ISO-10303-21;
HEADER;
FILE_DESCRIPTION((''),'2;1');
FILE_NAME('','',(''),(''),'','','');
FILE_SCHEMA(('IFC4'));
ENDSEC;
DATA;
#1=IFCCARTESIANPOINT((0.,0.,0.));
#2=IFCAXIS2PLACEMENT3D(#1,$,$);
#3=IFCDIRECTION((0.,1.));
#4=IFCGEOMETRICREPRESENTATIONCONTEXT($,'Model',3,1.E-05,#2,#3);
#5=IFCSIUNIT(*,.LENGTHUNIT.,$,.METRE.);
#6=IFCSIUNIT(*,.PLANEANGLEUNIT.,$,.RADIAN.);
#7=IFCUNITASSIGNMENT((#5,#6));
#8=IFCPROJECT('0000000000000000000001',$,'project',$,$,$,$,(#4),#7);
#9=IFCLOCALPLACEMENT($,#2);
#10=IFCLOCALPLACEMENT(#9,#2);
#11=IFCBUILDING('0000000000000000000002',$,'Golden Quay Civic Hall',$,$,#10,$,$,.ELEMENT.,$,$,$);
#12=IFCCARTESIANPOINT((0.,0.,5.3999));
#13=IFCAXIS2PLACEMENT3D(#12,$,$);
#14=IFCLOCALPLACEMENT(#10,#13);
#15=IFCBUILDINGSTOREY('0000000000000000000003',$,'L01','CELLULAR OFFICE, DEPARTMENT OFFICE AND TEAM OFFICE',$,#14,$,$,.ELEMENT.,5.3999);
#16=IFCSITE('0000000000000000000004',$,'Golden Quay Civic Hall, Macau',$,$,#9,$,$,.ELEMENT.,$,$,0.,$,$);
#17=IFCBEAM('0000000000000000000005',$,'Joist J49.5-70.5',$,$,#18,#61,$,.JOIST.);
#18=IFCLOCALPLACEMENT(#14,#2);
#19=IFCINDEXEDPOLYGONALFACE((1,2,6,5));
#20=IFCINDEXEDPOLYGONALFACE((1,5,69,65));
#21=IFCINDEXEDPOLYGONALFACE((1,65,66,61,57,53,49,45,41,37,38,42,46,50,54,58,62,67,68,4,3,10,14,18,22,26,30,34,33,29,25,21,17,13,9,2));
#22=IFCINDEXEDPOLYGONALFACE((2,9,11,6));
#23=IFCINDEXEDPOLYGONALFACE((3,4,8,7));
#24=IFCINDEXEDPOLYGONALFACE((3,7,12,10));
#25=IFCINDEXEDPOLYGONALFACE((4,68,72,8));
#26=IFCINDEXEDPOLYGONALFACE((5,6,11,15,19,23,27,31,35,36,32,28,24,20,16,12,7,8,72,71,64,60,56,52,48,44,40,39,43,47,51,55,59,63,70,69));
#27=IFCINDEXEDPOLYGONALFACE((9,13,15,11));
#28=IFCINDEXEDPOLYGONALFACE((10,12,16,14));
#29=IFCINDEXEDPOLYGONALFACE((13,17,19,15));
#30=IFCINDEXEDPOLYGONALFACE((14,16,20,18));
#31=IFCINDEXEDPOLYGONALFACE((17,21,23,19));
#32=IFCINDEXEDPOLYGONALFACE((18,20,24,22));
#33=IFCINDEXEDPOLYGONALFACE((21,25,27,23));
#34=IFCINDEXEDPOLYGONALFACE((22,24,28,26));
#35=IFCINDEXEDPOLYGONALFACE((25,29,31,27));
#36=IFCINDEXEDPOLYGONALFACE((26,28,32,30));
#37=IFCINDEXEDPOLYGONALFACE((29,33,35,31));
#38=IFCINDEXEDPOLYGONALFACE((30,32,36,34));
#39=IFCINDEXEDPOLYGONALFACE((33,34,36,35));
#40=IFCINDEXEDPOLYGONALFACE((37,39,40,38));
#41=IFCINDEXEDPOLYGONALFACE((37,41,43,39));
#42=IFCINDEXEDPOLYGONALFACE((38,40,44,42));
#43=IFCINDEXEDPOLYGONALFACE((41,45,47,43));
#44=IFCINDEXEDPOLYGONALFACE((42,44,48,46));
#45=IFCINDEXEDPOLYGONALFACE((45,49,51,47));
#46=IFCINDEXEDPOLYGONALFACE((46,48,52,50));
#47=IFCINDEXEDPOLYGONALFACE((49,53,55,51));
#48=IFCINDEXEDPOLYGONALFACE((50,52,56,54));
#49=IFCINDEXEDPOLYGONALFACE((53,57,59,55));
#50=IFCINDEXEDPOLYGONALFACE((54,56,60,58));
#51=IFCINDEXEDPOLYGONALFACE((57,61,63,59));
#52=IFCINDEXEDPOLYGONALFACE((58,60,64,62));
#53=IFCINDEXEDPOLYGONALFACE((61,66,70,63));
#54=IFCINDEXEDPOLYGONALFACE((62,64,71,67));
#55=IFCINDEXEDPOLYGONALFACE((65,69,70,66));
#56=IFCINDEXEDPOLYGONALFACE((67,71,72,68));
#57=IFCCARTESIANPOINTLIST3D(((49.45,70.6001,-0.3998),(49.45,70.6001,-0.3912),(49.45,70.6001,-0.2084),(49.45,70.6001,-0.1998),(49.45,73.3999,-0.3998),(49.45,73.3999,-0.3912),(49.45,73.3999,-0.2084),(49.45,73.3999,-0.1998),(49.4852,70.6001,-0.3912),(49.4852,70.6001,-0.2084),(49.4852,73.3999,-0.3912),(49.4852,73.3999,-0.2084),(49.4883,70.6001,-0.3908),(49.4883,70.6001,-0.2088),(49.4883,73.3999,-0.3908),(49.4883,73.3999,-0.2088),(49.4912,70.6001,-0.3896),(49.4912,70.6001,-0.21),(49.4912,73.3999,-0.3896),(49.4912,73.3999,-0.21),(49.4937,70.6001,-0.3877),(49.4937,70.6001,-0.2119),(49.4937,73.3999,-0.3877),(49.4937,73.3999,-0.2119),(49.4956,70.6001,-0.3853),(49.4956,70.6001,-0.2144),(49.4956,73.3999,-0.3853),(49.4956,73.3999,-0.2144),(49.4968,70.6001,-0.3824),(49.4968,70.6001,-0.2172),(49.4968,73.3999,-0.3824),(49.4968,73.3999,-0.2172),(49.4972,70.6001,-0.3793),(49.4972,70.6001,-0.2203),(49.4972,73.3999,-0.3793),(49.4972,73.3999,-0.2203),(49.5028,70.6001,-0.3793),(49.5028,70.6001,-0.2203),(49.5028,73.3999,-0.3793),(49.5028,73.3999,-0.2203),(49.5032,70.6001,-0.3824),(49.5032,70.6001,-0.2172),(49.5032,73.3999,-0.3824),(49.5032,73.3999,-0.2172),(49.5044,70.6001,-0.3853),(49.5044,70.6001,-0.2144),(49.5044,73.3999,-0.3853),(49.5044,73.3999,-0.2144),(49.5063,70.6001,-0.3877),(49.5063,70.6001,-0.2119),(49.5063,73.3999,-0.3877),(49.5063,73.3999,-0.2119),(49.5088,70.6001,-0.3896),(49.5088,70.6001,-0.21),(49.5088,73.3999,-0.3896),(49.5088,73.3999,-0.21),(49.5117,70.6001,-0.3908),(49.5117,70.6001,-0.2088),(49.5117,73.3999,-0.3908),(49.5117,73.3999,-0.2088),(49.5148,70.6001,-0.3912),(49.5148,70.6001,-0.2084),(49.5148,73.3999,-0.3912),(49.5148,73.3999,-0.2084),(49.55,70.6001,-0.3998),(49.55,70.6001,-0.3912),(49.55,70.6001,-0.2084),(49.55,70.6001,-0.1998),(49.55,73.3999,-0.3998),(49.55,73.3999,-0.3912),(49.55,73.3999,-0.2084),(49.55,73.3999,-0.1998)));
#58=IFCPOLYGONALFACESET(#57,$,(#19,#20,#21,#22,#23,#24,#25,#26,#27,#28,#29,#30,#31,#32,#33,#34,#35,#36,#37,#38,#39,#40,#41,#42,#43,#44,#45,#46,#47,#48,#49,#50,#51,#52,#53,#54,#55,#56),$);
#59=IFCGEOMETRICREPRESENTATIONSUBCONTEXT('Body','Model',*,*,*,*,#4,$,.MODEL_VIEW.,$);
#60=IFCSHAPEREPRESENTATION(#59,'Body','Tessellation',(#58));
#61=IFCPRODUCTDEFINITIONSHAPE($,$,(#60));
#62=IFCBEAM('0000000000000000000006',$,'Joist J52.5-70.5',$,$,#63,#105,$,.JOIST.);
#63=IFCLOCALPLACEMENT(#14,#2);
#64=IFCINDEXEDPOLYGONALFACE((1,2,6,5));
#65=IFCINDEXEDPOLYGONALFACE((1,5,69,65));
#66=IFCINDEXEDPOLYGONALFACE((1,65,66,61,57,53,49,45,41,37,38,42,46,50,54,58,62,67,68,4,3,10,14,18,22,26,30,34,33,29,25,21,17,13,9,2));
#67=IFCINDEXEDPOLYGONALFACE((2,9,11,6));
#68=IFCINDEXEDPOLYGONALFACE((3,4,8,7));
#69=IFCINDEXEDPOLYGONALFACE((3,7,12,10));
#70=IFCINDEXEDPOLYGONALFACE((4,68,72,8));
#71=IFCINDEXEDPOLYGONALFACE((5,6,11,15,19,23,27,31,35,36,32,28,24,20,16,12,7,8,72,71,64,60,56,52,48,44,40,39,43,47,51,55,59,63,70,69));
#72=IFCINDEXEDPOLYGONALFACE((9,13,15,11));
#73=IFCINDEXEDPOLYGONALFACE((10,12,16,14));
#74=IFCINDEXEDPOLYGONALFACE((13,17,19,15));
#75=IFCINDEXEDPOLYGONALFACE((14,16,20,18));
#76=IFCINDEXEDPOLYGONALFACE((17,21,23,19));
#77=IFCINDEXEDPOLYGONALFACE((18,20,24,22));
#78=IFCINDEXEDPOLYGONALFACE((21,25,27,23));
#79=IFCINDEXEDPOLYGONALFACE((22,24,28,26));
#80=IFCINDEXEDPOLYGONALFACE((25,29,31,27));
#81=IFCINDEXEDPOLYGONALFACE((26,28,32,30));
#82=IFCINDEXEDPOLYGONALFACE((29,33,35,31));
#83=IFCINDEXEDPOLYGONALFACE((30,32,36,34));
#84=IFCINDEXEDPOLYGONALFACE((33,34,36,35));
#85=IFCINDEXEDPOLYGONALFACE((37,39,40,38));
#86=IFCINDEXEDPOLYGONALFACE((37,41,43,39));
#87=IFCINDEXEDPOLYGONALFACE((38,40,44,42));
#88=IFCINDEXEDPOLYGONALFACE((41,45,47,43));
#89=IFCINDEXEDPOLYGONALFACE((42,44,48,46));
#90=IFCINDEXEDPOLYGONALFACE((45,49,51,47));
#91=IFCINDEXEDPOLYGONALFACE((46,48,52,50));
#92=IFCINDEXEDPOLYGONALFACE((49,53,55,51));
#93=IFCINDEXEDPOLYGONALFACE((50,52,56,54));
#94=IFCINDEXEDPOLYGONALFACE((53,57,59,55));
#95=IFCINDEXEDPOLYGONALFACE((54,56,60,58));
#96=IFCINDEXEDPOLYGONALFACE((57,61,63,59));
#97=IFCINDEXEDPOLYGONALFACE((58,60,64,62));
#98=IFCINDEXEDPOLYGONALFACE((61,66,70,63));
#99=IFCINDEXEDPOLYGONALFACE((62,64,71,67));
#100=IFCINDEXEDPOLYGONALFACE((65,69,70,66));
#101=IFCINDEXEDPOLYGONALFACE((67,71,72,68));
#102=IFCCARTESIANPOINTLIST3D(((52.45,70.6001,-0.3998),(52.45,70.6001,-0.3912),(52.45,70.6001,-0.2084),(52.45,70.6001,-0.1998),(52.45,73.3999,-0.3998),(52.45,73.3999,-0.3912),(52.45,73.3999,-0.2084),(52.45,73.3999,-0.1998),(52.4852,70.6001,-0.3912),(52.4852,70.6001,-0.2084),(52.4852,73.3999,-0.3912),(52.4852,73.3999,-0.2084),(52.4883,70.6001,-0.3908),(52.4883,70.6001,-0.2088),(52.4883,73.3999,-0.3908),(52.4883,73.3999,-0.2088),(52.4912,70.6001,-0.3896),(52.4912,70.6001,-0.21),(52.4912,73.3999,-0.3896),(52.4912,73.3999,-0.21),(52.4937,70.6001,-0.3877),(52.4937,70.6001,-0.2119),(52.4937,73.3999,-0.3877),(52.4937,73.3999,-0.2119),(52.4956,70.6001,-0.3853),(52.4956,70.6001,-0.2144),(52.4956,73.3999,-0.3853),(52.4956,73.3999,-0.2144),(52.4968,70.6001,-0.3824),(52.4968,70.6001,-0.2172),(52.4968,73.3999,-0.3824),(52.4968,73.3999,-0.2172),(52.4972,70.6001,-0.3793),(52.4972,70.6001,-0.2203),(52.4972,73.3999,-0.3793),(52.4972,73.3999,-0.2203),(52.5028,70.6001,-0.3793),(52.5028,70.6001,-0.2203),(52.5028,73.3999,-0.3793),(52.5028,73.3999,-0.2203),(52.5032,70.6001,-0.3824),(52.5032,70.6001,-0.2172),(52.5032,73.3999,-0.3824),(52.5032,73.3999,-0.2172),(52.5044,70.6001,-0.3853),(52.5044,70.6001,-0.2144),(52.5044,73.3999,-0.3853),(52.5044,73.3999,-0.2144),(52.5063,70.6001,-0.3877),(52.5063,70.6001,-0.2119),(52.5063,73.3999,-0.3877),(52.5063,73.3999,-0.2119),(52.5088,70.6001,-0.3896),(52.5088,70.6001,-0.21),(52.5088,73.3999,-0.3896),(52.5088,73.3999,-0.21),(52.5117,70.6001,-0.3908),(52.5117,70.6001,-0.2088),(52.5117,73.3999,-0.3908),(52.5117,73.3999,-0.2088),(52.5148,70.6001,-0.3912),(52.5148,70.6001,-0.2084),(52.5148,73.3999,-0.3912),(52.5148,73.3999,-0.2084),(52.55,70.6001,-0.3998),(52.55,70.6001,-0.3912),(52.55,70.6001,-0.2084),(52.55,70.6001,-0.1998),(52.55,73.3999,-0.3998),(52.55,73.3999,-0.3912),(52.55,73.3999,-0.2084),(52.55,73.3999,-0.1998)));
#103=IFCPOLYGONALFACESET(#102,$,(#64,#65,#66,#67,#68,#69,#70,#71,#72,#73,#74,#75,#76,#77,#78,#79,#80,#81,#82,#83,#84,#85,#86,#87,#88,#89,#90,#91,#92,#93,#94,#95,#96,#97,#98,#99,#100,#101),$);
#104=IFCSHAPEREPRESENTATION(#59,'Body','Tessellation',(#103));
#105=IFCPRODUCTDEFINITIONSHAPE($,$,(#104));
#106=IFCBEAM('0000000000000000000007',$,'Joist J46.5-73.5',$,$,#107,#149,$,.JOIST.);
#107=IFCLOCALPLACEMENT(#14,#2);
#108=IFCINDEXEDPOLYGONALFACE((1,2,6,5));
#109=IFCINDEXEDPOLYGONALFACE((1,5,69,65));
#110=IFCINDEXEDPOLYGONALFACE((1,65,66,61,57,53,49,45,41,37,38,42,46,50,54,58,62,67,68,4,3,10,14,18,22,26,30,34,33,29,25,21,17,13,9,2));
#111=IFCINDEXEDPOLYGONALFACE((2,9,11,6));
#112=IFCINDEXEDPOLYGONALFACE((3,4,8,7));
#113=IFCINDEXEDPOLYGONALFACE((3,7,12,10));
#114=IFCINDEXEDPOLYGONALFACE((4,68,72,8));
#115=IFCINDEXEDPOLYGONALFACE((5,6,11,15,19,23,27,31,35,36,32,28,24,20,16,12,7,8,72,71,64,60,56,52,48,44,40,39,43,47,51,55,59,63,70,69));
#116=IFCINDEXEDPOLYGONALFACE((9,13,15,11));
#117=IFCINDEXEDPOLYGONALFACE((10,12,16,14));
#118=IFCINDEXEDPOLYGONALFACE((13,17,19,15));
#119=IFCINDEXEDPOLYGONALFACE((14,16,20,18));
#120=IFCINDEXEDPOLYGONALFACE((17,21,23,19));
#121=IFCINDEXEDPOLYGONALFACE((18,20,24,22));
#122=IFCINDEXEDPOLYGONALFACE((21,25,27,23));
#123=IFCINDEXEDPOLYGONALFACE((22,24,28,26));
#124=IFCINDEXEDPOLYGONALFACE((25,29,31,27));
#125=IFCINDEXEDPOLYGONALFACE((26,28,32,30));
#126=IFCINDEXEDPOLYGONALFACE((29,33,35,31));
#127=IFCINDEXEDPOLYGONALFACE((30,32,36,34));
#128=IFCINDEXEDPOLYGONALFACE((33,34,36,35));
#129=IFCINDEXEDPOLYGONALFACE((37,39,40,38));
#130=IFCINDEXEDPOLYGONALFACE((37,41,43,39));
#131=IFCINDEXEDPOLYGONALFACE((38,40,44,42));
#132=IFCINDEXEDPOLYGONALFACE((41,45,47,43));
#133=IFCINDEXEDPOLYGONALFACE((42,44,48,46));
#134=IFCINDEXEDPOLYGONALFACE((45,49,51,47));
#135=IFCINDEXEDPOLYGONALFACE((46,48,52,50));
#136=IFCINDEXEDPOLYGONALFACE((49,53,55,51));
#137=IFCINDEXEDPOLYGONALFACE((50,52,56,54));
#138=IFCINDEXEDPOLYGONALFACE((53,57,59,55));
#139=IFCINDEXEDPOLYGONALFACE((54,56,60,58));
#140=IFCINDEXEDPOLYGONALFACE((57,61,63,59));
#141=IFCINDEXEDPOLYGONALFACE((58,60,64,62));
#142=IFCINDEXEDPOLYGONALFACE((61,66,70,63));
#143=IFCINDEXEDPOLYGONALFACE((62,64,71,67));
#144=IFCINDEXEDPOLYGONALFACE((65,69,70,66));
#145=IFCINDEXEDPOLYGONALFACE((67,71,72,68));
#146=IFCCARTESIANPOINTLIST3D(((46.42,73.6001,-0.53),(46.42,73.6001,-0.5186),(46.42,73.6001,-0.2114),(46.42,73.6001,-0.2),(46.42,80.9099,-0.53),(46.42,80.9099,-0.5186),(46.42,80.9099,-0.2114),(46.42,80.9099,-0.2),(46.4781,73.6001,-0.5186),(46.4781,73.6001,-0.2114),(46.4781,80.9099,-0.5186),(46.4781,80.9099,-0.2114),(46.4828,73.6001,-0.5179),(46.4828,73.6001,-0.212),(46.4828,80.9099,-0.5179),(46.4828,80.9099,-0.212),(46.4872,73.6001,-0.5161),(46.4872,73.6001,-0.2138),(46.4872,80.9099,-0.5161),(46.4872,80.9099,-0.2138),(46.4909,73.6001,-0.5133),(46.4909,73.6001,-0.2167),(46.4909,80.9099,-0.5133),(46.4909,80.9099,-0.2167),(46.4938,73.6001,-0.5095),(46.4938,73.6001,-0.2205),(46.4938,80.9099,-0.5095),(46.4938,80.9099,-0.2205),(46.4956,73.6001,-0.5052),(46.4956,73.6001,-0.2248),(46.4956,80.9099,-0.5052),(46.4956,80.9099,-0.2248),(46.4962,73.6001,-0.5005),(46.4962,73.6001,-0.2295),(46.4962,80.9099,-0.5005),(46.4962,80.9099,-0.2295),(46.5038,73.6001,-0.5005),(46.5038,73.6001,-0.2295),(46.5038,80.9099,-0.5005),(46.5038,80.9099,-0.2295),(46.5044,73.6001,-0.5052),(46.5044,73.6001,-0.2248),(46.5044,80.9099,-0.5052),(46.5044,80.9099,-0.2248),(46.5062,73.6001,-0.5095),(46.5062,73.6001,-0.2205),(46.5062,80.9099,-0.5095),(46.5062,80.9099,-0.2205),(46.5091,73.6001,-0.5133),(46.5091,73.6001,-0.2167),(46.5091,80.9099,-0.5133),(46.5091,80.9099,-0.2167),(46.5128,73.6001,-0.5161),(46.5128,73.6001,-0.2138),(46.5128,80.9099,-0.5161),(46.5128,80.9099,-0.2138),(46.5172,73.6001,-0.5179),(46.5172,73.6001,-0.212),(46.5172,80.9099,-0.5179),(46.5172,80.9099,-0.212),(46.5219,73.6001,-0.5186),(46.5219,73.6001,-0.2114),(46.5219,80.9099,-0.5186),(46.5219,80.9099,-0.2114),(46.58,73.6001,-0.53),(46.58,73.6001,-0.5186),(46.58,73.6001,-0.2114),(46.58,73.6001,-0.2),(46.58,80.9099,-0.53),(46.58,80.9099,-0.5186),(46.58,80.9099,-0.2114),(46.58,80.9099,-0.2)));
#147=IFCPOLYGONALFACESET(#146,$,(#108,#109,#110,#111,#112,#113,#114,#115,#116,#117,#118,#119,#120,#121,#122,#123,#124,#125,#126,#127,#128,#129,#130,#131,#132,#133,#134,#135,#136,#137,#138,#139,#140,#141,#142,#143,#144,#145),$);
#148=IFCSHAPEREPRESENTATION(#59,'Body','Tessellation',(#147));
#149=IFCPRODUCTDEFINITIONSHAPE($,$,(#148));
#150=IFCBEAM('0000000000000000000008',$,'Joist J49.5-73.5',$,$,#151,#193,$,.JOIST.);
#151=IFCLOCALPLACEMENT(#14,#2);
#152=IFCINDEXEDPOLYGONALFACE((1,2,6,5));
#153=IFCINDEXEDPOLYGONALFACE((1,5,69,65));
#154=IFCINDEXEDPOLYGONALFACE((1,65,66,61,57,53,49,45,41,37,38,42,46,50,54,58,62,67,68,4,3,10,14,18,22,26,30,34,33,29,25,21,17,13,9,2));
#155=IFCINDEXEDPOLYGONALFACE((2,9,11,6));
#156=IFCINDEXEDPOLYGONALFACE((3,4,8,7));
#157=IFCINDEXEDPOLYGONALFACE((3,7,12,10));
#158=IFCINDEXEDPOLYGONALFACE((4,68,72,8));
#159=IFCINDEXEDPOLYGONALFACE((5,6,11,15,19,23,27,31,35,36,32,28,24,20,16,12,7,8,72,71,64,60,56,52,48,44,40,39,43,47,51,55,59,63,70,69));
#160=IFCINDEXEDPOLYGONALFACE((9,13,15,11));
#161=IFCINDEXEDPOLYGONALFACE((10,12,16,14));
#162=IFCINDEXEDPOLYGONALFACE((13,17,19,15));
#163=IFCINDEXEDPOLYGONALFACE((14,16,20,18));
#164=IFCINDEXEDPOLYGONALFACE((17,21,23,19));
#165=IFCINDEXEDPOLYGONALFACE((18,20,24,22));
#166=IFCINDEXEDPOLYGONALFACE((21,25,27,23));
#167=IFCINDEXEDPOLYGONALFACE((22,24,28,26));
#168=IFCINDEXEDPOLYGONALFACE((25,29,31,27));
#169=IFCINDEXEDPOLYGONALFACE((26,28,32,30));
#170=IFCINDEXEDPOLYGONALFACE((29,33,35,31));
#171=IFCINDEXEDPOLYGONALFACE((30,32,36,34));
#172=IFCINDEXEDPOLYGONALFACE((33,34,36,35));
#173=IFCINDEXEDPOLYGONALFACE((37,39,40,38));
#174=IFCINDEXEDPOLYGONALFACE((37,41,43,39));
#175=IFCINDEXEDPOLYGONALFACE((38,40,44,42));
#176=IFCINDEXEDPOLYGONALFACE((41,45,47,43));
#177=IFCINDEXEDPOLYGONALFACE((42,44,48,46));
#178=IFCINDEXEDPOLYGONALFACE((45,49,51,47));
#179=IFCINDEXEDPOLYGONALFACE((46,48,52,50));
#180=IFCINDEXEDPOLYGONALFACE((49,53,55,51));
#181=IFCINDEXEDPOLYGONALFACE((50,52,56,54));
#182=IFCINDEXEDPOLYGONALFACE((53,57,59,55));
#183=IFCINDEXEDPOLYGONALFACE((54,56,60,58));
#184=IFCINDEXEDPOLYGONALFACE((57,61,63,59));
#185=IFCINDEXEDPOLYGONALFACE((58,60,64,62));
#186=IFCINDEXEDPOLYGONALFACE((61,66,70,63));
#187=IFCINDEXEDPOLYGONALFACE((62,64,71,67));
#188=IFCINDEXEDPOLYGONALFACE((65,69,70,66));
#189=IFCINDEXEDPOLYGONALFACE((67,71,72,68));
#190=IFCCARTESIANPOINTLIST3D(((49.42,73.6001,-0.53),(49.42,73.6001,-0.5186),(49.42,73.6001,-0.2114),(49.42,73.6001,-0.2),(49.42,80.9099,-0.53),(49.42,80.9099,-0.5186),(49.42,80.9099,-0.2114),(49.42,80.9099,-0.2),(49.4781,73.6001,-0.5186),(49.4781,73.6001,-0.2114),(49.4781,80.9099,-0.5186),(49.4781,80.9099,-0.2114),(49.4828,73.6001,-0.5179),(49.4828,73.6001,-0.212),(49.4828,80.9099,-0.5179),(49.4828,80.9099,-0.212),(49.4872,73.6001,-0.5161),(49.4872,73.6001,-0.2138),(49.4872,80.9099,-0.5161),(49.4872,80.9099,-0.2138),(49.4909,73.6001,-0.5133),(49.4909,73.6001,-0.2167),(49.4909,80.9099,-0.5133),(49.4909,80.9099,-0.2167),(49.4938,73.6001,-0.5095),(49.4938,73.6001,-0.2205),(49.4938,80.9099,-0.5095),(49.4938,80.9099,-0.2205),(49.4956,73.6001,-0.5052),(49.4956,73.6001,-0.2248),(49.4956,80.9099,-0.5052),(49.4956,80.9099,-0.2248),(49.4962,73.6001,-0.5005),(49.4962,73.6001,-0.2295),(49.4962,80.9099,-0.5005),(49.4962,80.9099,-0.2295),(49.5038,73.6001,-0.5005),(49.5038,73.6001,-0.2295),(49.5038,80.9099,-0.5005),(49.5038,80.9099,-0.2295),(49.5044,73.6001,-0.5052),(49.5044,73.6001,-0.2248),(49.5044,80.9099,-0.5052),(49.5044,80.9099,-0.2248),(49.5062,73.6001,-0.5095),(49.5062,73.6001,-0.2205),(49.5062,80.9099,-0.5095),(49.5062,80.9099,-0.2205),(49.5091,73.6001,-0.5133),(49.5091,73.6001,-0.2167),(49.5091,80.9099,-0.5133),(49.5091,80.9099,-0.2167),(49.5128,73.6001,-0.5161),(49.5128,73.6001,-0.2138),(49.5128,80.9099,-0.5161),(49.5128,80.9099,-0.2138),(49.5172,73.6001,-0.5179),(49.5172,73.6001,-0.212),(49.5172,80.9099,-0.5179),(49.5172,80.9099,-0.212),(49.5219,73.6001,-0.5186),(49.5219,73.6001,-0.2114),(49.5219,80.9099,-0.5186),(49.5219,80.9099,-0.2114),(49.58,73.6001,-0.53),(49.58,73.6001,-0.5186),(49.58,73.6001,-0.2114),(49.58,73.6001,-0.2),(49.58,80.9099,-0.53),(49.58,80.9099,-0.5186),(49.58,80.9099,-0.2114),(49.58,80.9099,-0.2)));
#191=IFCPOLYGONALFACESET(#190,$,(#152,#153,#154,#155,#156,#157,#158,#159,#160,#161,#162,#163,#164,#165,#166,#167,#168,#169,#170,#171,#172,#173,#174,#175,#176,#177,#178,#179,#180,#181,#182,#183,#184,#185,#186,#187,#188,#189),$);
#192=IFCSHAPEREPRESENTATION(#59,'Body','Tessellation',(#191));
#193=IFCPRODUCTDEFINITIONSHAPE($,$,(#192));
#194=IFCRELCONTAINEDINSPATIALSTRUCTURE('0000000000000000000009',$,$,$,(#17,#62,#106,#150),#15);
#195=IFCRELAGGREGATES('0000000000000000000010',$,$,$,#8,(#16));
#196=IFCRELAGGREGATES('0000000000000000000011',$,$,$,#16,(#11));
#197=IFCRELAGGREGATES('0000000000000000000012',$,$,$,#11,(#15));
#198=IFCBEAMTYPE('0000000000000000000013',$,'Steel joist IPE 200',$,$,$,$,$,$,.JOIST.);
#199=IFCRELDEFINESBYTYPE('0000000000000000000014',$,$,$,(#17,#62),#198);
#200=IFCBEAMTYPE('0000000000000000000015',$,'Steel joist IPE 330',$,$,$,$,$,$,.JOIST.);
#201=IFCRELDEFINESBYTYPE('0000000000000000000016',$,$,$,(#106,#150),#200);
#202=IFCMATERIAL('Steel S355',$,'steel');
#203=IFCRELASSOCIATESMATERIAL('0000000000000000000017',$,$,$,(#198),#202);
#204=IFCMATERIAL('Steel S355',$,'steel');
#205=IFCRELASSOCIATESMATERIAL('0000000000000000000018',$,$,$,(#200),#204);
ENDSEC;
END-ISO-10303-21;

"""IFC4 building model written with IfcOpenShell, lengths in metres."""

from ifc_helpers import new_model, si_unit, direction, frame, origin, origin_2d, place, context, subcontext, project, spatial, i_section, extrude, material, material_profile, profile_set, type_object, element, save


model = new_model("IFC4")

# Units and contexts
model_context = context("Model", 3, precision=1e-05, world=origin(), true_north=direction((0.0, 1.0)))
body_context = subcontext(model_context, "Body", "Model", "MODEL_VIEW")
ifc_project = project(units=[si_unit("LENGTHUNIT", "METRE"), si_unit("PLANEANGLEUNIT", "RADIAN")], contexts=[model_context])

# Site, building, storey
site_placement = place(None, origin())
site = spatial("IfcSite", under=ifc_project, at=site_placement, Name="Golden Quay Civic Hall, Macau", CompositionType="ELEMENT", RefElevation=0.0)
building_placement = place(site_placement, origin())
building = spatial("IfcBuilding", under=site, at=building_placement, Name="Golden Quay Civic Hall", CompositionType="ELEMENT")
storey_placement = place(building_placement, frame((0.0, 0.0, 5.3999)))
storey = spatial("IfcBuildingStorey", under=building, at=storey_placement, Name="L01", Description="CELLULAR OFFICE, DEPARTMENT OFFICE AND TEAM OFFICE", CompositionType="ELEMENT", Elevation=5.3999)

# Beams
ifc_material_1 = material(Name="Steel S355", Category="steel")
ifc_material_profile_1 = material_profile(ifc_material_1, i_section(OverallWidth=0.1001, OverallDepth=0.2, WebThickness=0.0056, FlangeThickness=0.0085, FilletRadius=0.012, at=origin_2d()), Name="IPE 200")
ifc_profile_set_1 = profile_set([ifc_material_profile_1], Name="Steel S355")
beam_type_1 = type_object("IfcBeamType", Name="Steel joist IPE 200", PredefinedType="JOIST", material=ifc_profile_set_1)
for number, where, z_axis, x_axis, name in (
    (1, (49.5, 70.6001, -0.2998), (0.0, 1.0, 0.0), (-1.0, 0.0, 0.0), "Joist J49.5-70.5"),
    (2, (52.5, 70.6001, -0.2998), (0.0, 1.0, 0.0), (-1.0, 0.0, 0.0), "Joist J52.5-70.5"),
):
    element("IfcBeam", number, at=place(storey_placement, frame(where, z_axis=z_axis, x_axis=x_axis)), inside=storey, type_object=beam_type_1, Name=name, PredefinedType="JOIST", context=body_context, shape_type="SweptSolid", body=[
        extrude(i_section(OverallWidth=0.1001, OverallDepth=0.2, WebThickness=0.0056, FlangeThickness=0.0085, FilletRadius=0.012, at=origin_2d()), origin(), (0.0, 0.0, 1.0), 2.7998),
    ])
ifc_material_2 = material(Name="Steel S355", Category="steel")
ifc_material_profile_2 = material_profile(ifc_material_2, i_section(OverallWidth=0.1599, OverallDepth=0.3301, WebThickness=0.0076, FlangeThickness=0.0115, FilletRadius=0.0181, at=origin_2d()), Name="IPE 330")
ifc_profile_set_2 = profile_set([ifc_material_profile_2], Name="Steel S355")
beam_type_2 = type_object("IfcBeamType", Name="Steel joist IPE 330", PredefinedType="JOIST", material=ifc_profile_set_2)
for number, where, z_axis, x_axis, name in (
    (3, (46.5, 73.6001, -0.365), (0.0, 1.0, 0.0), (-1.0, 0.0, 0.0), "Joist J46.5-73.5"),
    (4, (49.5, 73.6001, -0.365), (0.0, 1.0, 0.0), (-1.0, 0.0, 0.0), "Joist J49.5-73.5"),
):
    element("IfcBeam", number, at=place(storey_placement, frame(where, z_axis=z_axis, x_axis=x_axis)), inside=storey, type_object=beam_type_2, Name=name, PredefinedType="JOIST", context=body_context, shape_type="SweptSolid", body=[
        extrude(i_section(OverallWidth=0.1599, OverallDepth=0.3301, WebThickness=0.0076, FlangeThickness=0.0115, FilletRadius=0.0181, at=origin_2d()), origin(), (0.0, 0.0, 1.0), 7.3098),
    ])

save(model, "model.ifc")
